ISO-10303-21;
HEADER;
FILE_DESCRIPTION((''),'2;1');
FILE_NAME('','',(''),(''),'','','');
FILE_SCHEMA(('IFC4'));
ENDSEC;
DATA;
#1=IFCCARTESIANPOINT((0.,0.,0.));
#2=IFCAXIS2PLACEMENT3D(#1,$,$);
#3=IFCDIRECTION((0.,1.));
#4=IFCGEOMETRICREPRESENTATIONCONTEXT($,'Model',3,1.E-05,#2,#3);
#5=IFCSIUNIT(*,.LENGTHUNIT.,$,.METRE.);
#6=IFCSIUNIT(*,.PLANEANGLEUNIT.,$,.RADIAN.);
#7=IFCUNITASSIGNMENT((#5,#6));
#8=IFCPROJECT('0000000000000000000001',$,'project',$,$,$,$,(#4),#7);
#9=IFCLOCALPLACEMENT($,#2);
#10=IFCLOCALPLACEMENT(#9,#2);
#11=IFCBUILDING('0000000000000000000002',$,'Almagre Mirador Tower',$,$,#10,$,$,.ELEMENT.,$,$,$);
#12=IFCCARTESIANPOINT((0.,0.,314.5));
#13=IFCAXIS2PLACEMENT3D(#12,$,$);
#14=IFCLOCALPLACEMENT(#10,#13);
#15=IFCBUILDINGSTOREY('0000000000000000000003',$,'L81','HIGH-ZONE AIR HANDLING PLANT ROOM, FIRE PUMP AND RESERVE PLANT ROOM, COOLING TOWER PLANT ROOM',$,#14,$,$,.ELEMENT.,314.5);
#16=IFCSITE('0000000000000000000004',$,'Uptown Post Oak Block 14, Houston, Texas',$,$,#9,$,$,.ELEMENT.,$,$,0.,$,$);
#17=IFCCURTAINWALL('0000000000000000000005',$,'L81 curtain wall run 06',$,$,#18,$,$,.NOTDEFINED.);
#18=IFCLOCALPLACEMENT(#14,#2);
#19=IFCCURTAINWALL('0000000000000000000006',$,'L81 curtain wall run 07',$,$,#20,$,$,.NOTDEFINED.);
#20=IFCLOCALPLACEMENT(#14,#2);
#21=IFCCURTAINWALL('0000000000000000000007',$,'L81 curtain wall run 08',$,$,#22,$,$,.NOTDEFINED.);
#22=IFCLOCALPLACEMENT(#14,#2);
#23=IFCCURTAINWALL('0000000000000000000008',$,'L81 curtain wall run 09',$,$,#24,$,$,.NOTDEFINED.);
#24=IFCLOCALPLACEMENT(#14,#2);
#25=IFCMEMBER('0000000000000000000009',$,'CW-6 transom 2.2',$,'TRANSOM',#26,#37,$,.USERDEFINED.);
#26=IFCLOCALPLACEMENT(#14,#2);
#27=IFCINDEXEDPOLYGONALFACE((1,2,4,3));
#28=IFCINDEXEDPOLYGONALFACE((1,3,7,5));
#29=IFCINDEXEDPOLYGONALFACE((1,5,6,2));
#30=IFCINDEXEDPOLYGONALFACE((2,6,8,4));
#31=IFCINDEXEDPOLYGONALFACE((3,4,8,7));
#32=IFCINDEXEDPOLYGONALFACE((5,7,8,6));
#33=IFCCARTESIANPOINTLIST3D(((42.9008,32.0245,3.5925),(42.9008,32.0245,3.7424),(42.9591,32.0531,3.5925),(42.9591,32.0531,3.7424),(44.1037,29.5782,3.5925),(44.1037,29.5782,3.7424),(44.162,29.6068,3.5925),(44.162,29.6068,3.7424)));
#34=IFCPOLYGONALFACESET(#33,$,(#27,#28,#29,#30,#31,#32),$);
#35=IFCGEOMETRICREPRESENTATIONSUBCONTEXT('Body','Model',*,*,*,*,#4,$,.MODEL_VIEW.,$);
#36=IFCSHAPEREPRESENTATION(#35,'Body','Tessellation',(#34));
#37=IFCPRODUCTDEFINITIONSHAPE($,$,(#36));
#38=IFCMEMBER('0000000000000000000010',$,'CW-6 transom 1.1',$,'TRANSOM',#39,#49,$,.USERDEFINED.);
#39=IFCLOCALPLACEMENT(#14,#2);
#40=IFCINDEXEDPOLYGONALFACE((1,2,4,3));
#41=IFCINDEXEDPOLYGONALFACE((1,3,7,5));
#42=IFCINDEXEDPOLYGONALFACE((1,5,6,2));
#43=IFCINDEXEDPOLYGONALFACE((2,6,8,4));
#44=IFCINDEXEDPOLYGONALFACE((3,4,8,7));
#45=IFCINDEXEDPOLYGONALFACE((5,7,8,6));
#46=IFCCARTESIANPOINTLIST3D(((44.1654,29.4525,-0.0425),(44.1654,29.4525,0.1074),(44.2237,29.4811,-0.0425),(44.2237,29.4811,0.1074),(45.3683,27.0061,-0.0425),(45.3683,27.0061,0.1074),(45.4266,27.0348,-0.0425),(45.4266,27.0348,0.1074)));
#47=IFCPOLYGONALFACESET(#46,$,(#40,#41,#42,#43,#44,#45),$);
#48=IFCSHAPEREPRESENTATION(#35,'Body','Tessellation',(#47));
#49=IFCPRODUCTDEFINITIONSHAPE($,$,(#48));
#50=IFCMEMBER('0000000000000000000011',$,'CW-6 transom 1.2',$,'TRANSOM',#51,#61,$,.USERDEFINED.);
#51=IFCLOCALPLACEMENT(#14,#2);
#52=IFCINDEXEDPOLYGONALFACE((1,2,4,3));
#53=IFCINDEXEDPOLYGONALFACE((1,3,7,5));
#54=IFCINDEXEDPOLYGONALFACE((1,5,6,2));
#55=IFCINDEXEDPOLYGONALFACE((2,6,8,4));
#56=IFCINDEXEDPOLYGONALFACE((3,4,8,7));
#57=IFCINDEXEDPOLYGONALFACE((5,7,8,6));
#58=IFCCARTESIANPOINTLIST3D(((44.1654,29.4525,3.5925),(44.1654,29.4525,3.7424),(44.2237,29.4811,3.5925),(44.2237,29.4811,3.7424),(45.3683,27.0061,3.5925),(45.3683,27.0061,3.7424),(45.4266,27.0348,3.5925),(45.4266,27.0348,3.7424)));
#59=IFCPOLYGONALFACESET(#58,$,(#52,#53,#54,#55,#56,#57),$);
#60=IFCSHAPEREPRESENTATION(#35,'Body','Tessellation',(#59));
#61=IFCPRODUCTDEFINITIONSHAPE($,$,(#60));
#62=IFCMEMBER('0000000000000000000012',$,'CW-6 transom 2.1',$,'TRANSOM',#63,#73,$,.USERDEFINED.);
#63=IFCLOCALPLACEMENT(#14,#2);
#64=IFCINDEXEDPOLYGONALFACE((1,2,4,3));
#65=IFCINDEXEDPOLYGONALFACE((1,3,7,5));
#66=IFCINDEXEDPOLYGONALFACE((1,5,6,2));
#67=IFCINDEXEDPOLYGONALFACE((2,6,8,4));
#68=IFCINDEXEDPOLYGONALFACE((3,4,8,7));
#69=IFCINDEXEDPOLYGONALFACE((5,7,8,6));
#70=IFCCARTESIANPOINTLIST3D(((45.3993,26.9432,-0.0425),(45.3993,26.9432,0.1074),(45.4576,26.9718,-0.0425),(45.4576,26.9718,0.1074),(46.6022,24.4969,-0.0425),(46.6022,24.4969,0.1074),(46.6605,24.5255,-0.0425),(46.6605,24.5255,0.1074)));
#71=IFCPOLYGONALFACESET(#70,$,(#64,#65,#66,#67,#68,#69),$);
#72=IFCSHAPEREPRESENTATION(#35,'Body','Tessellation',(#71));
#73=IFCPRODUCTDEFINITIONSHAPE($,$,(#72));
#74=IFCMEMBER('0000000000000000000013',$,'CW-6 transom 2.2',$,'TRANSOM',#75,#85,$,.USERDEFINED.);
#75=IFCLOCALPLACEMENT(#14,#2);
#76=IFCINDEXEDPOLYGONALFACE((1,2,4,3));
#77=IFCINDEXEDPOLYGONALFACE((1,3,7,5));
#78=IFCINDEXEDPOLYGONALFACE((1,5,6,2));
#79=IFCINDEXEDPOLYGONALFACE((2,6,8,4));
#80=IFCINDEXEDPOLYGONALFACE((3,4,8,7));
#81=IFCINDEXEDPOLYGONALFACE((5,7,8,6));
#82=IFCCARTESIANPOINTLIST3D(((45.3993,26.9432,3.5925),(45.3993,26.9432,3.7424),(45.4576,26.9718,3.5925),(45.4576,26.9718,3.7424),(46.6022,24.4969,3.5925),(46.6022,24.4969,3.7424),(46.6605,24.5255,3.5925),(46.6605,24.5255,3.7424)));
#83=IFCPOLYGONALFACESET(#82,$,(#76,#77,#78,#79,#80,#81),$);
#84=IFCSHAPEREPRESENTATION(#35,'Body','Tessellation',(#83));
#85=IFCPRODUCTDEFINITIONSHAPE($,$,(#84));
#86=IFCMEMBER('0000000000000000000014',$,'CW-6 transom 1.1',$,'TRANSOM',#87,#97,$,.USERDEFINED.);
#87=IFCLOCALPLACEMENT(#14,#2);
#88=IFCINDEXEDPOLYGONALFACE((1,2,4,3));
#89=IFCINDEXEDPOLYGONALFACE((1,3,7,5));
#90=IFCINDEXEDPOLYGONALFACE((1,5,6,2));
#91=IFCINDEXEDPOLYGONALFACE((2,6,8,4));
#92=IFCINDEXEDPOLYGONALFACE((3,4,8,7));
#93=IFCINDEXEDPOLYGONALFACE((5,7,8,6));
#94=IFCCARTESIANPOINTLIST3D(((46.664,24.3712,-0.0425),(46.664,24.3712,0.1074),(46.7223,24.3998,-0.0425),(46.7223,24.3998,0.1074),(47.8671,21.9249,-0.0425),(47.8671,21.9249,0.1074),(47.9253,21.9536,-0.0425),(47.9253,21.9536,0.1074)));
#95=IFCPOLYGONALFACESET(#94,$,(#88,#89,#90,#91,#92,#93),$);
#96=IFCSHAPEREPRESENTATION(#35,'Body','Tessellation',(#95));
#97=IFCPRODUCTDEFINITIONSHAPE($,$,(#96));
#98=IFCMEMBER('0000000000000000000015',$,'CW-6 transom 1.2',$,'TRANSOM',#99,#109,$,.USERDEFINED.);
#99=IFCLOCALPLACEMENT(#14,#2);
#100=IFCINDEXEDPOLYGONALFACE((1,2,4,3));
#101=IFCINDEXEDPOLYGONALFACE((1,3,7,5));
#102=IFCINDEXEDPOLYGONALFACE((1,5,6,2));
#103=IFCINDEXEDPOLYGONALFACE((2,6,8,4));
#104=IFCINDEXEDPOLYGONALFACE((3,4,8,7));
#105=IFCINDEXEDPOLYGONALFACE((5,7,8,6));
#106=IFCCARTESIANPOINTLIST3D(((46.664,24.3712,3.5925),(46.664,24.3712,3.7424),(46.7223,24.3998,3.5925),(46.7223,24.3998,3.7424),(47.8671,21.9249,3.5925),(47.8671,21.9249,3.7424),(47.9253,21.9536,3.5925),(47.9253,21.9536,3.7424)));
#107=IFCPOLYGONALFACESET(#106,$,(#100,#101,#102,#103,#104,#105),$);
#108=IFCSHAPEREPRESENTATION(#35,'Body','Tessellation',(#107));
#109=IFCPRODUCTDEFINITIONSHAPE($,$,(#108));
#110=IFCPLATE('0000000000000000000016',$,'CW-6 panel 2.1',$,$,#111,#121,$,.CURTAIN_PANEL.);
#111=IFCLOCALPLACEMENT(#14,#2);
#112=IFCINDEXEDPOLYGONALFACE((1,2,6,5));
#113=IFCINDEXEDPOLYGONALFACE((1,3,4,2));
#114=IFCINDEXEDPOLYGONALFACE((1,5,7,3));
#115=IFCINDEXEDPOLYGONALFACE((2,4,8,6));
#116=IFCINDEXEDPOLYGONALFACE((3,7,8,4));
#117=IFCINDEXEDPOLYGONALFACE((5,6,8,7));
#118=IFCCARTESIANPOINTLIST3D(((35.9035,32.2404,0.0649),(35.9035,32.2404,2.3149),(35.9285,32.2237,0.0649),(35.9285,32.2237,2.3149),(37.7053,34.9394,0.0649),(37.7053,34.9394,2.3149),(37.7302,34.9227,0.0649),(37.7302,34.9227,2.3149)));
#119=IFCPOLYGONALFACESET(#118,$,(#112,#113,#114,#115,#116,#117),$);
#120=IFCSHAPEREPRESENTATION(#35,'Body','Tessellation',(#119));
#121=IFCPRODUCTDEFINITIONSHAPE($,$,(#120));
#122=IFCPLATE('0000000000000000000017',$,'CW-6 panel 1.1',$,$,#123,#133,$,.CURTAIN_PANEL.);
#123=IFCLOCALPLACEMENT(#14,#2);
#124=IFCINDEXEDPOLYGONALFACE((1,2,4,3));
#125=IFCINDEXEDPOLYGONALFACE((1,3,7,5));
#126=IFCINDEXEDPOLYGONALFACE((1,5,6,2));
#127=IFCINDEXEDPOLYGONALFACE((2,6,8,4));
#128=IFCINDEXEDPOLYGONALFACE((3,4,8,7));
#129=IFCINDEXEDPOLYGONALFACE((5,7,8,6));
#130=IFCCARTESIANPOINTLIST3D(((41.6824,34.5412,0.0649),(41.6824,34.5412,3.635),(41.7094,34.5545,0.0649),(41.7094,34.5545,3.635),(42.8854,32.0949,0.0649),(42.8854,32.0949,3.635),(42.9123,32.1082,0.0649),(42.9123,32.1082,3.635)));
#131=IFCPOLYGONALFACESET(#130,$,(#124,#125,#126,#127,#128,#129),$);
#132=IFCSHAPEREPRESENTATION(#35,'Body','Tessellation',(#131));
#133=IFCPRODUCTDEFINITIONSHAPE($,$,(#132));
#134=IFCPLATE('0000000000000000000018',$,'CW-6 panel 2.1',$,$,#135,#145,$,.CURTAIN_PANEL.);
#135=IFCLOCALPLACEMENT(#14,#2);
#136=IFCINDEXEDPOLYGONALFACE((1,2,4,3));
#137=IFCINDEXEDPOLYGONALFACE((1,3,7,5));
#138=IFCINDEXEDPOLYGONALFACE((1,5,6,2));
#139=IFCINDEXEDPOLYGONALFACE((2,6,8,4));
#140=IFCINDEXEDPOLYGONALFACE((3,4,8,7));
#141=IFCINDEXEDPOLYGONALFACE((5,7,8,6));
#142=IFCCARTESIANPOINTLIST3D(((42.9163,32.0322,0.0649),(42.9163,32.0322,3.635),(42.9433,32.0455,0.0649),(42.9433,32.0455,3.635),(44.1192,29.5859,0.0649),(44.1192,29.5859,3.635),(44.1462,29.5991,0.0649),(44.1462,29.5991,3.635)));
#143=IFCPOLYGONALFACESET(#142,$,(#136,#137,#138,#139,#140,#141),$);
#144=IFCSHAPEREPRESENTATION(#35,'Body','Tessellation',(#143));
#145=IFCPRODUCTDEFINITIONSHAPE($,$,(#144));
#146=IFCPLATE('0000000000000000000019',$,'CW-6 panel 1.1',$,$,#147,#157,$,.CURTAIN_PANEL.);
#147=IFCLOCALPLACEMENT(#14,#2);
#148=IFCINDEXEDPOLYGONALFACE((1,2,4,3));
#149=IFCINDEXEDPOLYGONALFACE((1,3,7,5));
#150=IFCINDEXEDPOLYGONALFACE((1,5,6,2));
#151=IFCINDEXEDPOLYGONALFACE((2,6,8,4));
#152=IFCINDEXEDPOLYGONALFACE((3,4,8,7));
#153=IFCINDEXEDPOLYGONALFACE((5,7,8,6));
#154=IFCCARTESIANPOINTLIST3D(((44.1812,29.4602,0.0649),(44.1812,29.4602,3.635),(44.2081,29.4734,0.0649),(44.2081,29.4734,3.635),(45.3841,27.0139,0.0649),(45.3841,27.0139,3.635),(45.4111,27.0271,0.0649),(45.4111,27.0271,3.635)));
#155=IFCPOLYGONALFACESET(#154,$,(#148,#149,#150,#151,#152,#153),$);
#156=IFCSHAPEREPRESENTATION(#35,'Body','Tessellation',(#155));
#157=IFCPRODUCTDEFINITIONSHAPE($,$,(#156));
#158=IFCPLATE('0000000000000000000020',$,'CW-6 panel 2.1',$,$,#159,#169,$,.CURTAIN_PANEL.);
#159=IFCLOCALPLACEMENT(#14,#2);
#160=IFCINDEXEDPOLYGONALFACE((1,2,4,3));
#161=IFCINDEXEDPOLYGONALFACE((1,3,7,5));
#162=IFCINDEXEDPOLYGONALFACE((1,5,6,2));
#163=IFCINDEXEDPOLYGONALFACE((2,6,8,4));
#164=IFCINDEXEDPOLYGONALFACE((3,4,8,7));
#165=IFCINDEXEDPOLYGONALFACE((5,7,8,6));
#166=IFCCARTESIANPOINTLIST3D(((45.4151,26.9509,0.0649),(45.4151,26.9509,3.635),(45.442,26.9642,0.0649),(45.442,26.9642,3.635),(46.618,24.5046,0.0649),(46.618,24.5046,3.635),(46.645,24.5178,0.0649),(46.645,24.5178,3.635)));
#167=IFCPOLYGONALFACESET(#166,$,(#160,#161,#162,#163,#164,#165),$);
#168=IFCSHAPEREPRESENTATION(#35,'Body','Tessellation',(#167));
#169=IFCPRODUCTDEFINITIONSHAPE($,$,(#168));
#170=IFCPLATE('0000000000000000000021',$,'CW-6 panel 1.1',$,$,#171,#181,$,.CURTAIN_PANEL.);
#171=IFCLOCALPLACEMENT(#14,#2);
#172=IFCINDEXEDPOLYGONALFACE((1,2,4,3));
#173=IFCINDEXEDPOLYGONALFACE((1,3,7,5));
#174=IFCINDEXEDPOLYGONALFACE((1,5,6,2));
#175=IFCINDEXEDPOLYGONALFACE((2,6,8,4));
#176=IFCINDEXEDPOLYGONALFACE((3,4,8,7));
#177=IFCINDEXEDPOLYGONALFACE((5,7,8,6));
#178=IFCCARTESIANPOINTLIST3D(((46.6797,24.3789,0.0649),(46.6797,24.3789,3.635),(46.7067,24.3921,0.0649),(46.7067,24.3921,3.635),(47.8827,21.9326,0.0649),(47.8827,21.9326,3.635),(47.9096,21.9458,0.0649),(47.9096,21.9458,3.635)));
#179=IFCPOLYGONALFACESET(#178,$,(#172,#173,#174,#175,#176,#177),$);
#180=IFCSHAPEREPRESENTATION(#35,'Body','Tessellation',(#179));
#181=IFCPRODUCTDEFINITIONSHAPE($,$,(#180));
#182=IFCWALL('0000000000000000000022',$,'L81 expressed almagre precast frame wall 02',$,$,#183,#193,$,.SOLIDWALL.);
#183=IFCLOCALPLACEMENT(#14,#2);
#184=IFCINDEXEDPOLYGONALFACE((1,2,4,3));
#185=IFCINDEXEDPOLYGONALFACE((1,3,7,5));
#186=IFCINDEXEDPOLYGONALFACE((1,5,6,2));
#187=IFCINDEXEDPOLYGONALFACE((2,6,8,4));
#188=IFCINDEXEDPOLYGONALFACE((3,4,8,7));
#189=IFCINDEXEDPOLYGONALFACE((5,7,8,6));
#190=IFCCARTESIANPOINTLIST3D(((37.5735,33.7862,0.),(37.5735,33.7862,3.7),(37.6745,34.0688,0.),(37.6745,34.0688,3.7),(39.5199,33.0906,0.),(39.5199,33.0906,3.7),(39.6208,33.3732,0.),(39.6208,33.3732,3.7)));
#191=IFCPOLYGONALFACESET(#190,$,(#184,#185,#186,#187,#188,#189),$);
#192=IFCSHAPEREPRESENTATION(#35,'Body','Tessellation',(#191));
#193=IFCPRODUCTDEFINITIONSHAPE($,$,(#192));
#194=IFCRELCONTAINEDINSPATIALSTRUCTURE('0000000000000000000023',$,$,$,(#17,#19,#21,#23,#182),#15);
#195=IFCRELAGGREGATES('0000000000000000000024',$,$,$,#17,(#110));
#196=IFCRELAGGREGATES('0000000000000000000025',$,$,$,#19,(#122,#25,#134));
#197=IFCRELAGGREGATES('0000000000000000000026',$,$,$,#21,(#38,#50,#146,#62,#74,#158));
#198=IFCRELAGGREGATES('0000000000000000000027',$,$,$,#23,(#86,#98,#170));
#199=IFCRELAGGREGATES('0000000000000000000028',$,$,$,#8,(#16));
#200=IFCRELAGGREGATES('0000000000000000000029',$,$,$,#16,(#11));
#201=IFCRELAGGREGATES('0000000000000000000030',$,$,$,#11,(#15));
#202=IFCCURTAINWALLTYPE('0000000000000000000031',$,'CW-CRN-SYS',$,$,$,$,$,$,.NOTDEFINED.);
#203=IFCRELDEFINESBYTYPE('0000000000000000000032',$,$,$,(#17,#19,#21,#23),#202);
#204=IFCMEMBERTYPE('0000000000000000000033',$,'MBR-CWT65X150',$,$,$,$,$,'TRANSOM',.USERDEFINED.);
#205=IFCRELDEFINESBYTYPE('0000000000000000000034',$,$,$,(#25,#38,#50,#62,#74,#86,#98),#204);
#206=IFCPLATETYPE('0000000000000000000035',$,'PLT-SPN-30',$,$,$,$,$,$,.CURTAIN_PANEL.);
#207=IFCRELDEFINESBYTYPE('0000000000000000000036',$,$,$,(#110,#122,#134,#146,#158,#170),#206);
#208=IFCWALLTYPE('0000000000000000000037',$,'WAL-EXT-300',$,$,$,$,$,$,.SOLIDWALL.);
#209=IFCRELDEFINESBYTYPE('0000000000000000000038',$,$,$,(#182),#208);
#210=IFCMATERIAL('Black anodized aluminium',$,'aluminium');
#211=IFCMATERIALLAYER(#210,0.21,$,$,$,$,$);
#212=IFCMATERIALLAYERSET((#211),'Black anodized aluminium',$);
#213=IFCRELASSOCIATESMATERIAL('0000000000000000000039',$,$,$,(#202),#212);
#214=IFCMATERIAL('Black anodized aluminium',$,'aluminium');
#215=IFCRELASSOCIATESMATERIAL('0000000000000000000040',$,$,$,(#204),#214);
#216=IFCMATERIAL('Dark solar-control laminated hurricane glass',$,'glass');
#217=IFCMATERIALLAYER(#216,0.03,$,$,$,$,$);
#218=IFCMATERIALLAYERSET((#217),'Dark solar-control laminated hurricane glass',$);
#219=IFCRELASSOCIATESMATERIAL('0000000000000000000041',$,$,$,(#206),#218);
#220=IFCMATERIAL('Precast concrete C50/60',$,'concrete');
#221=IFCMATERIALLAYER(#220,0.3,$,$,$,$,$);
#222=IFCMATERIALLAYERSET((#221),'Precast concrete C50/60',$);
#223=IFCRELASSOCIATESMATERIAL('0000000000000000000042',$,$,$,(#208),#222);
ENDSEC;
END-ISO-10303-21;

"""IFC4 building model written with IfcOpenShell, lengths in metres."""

from ifc_helpers import new_model, si_unit, direction, frame, frame_2d, origin, origin_2d, place, context, subcontext, project, spatial, rectangle, extrude, material, layer, layer_set, material_profile, profile_set, type_object, element, aggregate, save


model = new_model("IFC4")

# Units and contexts
model_context = context("Model", 3, precision=1e-05, world=origin(), true_north=direction((0.0, 1.0)))
body_context = subcontext(model_context, "Body", "Model", "MODEL_VIEW")
ifc_project = project(units=[si_unit("LENGTHUNIT", "METRE"), si_unit("PLANEANGLEUNIT", "RADIAN")], contexts=[model_context])

# Site, building, storey
site_placement = place(None, origin())
site = spatial("IfcSite", under=ifc_project, at=site_placement, Name="Uptown Post Oak Block 14, Houston, Texas", CompositionType="ELEMENT", RefElevation=0.0)
building_placement = place(site_placement, origin())
building = spatial("IfcBuilding", under=site, at=building_placement, Name="Almagre Mirador Tower", CompositionType="ELEMENT")
storey_placement = place(building_placement, frame((0.0, 0.0, 314.5)))
storey = spatial("IfcBuildingStorey", under=building, at=storey_placement, Name="L81", Description="HIGH-ZONE AIR HANDLING PLANT ROOM, FIRE PUMP AND RESERVE PLANT ROOM, COOLING TOWER PLANT ROOM", CompositionType="ELEMENT", Elevation=314.5)

# Curtain wall
ifc_material_1 = material(Name="Black anodized aluminium", Category="aluminium")
ifc_layer_1 = layer(ifc_material_1, 0.21)
ifc_layer_set_1 = layer_set([ifc_layer_1], Name="Black anodized aluminium")
curtain_wall_type = type_object("IfcCurtainWallType", Name="CW-CRN-SYS", PredefinedType="NOTDEFINED", material=ifc_layer_set_1)
curtain_wall_1_placement = place(storey_placement, origin())
curtain_wall_1 = element("IfcCurtainWall", 1, at=curtain_wall_1_placement, inside=storey, type_object=curtain_wall_type, Name="L81 curtain wall run 06", PredefinedType="NOTDEFINED")

# Curtain walls
curtain_wall_2_placement = place(storey_placement, origin())
curtain_wall_2 = element("IfcCurtainWall", 2, at=curtain_wall_2_placement, inside=storey, type_object=curtain_wall_type, Name="L81 curtain wall run 07", PredefinedType="NOTDEFINED")
curtain_wall_3_placement = place(storey_placement, origin())
curtain_wall_3 = element("IfcCurtainWall", 3, at=curtain_wall_3_placement, inside=storey, type_object=curtain_wall_type, Name="L81 curtain wall run 08", PredefinedType="NOTDEFINED")

# Curtain wall
curtain_wall_4_placement = place(storey_placement, origin())
curtain_wall_4 = element("IfcCurtainWall", 4, at=curtain_wall_4_placement, inside=storey, type_object=curtain_wall_type, Name="L81 curtain wall run 09", PredefinedType="NOTDEFINED")

# Members
ifc_material_2 = material(Name="Black anodized aluminium", Category="aluminium")
ifc_material_profile_1 = material_profile(ifc_material_2, rectangle(XDim=0.0649, YDim=0.1499, at=origin_2d()), Name="CWT65X150")
ifc_profile_set_1 = profile_set([ifc_material_profile_1], Name="Black anodized aluminium")
member_type_1 = type_object("IfcMemberType", Name="MBR-CWT65X150", ElementType="TRANSOM", PredefinedType="USERDEFINED", material=ifc_profile_set_1)
member_1_placement = place(storey_placement, frame((42.9299, 32.0388, 3.6675), z_axis=(0.441257, -0.897381, 0.0), x_axis=(0.897381, 0.441257, 0.0)))
member_1 = element("IfcMember", 5, at=member_1_placement, type_object=member_type_1, Name="CW-6 transom 2.2", ObjectType="TRANSOM", PredefinedType="USERDEFINED", context=body_context, shape_type="SweptSolid", body=[
    extrude(rectangle(XDim=0.0649, YDim=0.1499, at=origin_2d()), origin(), (0.0, 0.0, 1.0), 2.7261),
])
member_2_placement = place(storey_placement, frame((44.1946, 29.4668, 0.0325), z_axis=(0.441257, -0.897381, 0.0), x_axis=(0.897381, 0.441257, 0.0)))
member_2 = element("IfcMember", 6, at=member_2_placement, type_object=member_type_1, Name="CW-6 transom 1.1", ObjectType="TRANSOM", PredefinedType="USERDEFINED", context=body_context, shape_type="SweptSolid", body=[
    extrude(rectangle(XDim=0.0649, YDim=0.1499, at=origin_2d()), origin(), (0.0, 0.0, 1.0), 2.7261),
])
member_3_placement = place(storey_placement, frame((44.1946, 29.4668, 3.6675), z_axis=(0.441257, -0.897381, 0.0), x_axis=(0.897381, 0.441257, 0.0)))
member_3 = element("IfcMember", 7, at=member_3_placement, type_object=member_type_1, Name="CW-6 transom 1.2", ObjectType="TRANSOM", PredefinedType="USERDEFINED", context=body_context, shape_type="SweptSolid", body=[
    extrude(rectangle(XDim=0.0649, YDim=0.1499, at=origin_2d()), origin(), (0.0, 0.0, 1.0), 2.7261),
])
member_4_placement = place(storey_placement, frame((45.4285, 26.9575, 0.0325), z_axis=(0.441257, -0.897381, 0.0), x_axis=(0.897381, 0.441257, 0.0)))
member_4 = element("IfcMember", 8, at=member_4_placement, type_object=member_type_1, Name="CW-6 transom 2.1", ObjectType="TRANSOM", PredefinedType="USERDEFINED", context=body_context, shape_type="SweptSolid", body=[
    extrude(rectangle(XDim=0.0649, YDim=0.1499, at=origin_2d()), origin(), (0.0, 0.0, 1.0), 2.7261),
])
member_5_placement = place(storey_placement, frame((45.4285, 26.9575, 3.6675), z_axis=(0.441257, -0.897381, 0.0), x_axis=(0.897381, 0.441257, 0.0)))
member_5 = element("IfcMember", 9, at=member_5_placement, type_object=member_type_1, Name="CW-6 transom 2.2", ObjectType="TRANSOM", PredefinedType="USERDEFINED", context=body_context, shape_type="SweptSolid", body=[
    extrude(rectangle(XDim=0.0649, YDim=0.1499, at=origin_2d()), origin(), (0.0, 0.0, 1.0), 2.7261),
])
member_6_placement = place(storey_placement, frame((46.6931, 24.3855, 0.0325), z_axis=(0.441329, -0.897345, 0.0), x_axis=(0.897345, 0.441329, 0.0)))
member_6 = element("IfcMember", 10, at=member_6_placement, type_object=member_type_1, Name="CW-6 transom 1.1", ObjectType="TRANSOM", PredefinedType="USERDEFINED", context=body_context, shape_type="SweptSolid", body=[
    extrude(rectangle(XDim=0.0649, YDim=0.1499, at=origin_2d()), origin(), (0.0, 0.0, 1.0), 2.7261),
])
member_7_placement = place(storey_placement, frame((46.6931, 24.3855, 3.6675), z_axis=(0.441329, -0.897345, 0.0), x_axis=(0.897345, 0.441329, 0.0)))
member_7 = element("IfcMember", 11, at=member_7_placement, type_object=member_type_1, Name="CW-6 transom 1.2", ObjectType="TRANSOM", PredefinedType="USERDEFINED", context=body_context, shape_type="SweptSolid", body=[
    extrude(rectangle(XDim=0.0649, YDim=0.1499, at=origin_2d()), origin(), (0.0, 0.0, 1.0), 2.7261),
])

# Plates
ifc_material_3 = material(Name="Dark solar-control laminated hurricane glass", Category="glass")
ifc_layer_2 = layer(ifc_material_3, 0.03)
ifc_layer_set_2 = layer_set([ifc_layer_2], Name="Dark solar-control laminated hurricane glass")
plate_type = type_object("IfcPlateType", Name="PLT-SPN-30", PredefinedType="CURTAIN_PANEL", material=ifc_layer_set_2)
plate_1_placement = place(storey_placement, frame((36.8169, 33.5815, 0.0649), z_axis=(0.0, 0.0, 1.0), x_axis=(0.555213, 0.831708, 0.0)))
plate_1 = element("IfcPlate", 12, at=plate_1_placement, type_object=plate_type, Name="CW-6 panel 2.1", PredefinedType="CURTAIN_PANEL", context=body_context, shape_type="SweptSolid", body=[
    extrude(rectangle(XDim=3.2451, YDim=0.03, at=origin_2d()), origin(), (0.0, 0.0, 1.0), 2.25),
])
aggregate(curtain_wall_1, [plate_1])
plate_2_placement = place(storey_placement, frame((42.2974, 33.3247, 0.0649), z_axis=(0.0, 0.0, 1.0), x_axis=(0.44127, -0.897375, 0.0)))
plate_2 = element("IfcPlate", 13, at=plate_2_placement, type_object=plate_type, Name="CW-6 panel 1.1", PredefinedType="CURTAIN_PANEL", context=body_context, shape_type="SweptSolid", body=[
    extrude(rectangle(XDim=2.7261, YDim=0.03, at=origin_2d()), origin(), (0.0, 0.0, 1.0), 3.5701),
])
plate_3_placement = place(storey_placement, frame((43.5312, 30.8157, 0.0649), z_axis=(0.0, 0.0, 1.0), x_axis=(0.44127, -0.897375, 0.0)))
plate_3 = element("IfcPlate", 14, at=plate_3_placement, type_object=plate_type, Name="CW-6 panel 2.1", PredefinedType="CURTAIN_PANEL", context=body_context, shape_type="SweptSolid", body=[
    extrude(rectangle(XDim=2.7261, YDim=0.03, at=origin_2d()), origin(), (0.0, 0.0, 1.0), 3.5701),
])
aggregate(curtain_wall_2, [plate_2, member_1, plate_3])
plate_4_placement = place(storey_placement, frame((44.7961, 28.2437, 0.0649), z_axis=(0.0, 0.0, 1.0), x_axis=(0.44127, -0.897375, 0.0)))
plate_4 = element("IfcPlate", 15, at=plate_4_placement, type_object=plate_type, Name="CW-6 panel 1.1", PredefinedType="CURTAIN_PANEL", context=body_context, shape_type="SweptSolid", body=[
    extrude(rectangle(XDim=2.7261, YDim=0.03, at=origin_2d()), origin(), (0.0, 0.0, 1.0), 3.5701),
])
plate_5_placement = place(storey_placement, frame((46.03, 25.7344, 0.0649), z_axis=(0.0, 0.0, 1.0), x_axis=(0.44127, -0.897375, 0.0)))
plate_5 = element("IfcPlate", 16, at=plate_5_placement, type_object=plate_type, Name="CW-6 panel 2.1", PredefinedType="CURTAIN_PANEL", context=body_context, shape_type="SweptSolid", body=[
    extrude(rectangle(XDim=2.7261, YDim=0.03, at=origin_2d()), origin(), (0.0, 0.0, 1.0), 3.5701),
])
aggregate(curtain_wall_3, [member_2, member_3, plate_4, member_4, member_5, plate_5])
plate_6_placement = place(storey_placement, frame((47.2947, 23.1624, 0.0649), z_axis=(0.0, 0.0, 1.0), x_axis=(0.44127, -0.897375, 0.0)))
plate_6 = element("IfcPlate", 17, at=plate_6_placement, type_object=plate_type, Name="CW-6 panel 1.1", PredefinedType="CURTAIN_PANEL", context=body_context, shape_type="SweptSolid", body=[
    extrude(rectangle(XDim=2.7261, YDim=0.03, at=origin_2d()), origin(), (0.0, 0.0, 1.0), 3.5701),
])
aggregate(curtain_wall_4, [member_6, member_7, plate_6])

# Wall
ifc_material_4 = material(Name="Precast concrete C50/60", Category="concrete")
ifc_layer_3 = layer(ifc_material_4, 0.3)
ifc_layer_set_3 = layer_set([ifc_layer_3], Name="Precast concrete C50/60")
wall_type_1 = type_object("IfcWallType", Name="WAL-EXT-300", PredefinedType="SOLIDWALL", material=ifc_layer_set_3)
wall_1_placement = place(storey_placement, frame((37.624, 33.9275, 0.0), z_axis=(0.0, 0.0, 1.0), x_axis=(0.941672, -0.336531, 0.0)))
element("IfcWall", 18, at=wall_1_placement, inside=storey, type_object=wall_type_1, Name="L81 expressed almagre precast frame wall 02", PredefinedType="SOLIDWALL", context=body_context, shape_type="SweptSolid", body=[
    extrude(rectangle(XDim=2.0669, YDim=0.3, at=frame_2d((1.0334, 0.0))), origin(), (0.0, 0.0, 1.0), 3.7),
])

save(model, "model.ifc")
